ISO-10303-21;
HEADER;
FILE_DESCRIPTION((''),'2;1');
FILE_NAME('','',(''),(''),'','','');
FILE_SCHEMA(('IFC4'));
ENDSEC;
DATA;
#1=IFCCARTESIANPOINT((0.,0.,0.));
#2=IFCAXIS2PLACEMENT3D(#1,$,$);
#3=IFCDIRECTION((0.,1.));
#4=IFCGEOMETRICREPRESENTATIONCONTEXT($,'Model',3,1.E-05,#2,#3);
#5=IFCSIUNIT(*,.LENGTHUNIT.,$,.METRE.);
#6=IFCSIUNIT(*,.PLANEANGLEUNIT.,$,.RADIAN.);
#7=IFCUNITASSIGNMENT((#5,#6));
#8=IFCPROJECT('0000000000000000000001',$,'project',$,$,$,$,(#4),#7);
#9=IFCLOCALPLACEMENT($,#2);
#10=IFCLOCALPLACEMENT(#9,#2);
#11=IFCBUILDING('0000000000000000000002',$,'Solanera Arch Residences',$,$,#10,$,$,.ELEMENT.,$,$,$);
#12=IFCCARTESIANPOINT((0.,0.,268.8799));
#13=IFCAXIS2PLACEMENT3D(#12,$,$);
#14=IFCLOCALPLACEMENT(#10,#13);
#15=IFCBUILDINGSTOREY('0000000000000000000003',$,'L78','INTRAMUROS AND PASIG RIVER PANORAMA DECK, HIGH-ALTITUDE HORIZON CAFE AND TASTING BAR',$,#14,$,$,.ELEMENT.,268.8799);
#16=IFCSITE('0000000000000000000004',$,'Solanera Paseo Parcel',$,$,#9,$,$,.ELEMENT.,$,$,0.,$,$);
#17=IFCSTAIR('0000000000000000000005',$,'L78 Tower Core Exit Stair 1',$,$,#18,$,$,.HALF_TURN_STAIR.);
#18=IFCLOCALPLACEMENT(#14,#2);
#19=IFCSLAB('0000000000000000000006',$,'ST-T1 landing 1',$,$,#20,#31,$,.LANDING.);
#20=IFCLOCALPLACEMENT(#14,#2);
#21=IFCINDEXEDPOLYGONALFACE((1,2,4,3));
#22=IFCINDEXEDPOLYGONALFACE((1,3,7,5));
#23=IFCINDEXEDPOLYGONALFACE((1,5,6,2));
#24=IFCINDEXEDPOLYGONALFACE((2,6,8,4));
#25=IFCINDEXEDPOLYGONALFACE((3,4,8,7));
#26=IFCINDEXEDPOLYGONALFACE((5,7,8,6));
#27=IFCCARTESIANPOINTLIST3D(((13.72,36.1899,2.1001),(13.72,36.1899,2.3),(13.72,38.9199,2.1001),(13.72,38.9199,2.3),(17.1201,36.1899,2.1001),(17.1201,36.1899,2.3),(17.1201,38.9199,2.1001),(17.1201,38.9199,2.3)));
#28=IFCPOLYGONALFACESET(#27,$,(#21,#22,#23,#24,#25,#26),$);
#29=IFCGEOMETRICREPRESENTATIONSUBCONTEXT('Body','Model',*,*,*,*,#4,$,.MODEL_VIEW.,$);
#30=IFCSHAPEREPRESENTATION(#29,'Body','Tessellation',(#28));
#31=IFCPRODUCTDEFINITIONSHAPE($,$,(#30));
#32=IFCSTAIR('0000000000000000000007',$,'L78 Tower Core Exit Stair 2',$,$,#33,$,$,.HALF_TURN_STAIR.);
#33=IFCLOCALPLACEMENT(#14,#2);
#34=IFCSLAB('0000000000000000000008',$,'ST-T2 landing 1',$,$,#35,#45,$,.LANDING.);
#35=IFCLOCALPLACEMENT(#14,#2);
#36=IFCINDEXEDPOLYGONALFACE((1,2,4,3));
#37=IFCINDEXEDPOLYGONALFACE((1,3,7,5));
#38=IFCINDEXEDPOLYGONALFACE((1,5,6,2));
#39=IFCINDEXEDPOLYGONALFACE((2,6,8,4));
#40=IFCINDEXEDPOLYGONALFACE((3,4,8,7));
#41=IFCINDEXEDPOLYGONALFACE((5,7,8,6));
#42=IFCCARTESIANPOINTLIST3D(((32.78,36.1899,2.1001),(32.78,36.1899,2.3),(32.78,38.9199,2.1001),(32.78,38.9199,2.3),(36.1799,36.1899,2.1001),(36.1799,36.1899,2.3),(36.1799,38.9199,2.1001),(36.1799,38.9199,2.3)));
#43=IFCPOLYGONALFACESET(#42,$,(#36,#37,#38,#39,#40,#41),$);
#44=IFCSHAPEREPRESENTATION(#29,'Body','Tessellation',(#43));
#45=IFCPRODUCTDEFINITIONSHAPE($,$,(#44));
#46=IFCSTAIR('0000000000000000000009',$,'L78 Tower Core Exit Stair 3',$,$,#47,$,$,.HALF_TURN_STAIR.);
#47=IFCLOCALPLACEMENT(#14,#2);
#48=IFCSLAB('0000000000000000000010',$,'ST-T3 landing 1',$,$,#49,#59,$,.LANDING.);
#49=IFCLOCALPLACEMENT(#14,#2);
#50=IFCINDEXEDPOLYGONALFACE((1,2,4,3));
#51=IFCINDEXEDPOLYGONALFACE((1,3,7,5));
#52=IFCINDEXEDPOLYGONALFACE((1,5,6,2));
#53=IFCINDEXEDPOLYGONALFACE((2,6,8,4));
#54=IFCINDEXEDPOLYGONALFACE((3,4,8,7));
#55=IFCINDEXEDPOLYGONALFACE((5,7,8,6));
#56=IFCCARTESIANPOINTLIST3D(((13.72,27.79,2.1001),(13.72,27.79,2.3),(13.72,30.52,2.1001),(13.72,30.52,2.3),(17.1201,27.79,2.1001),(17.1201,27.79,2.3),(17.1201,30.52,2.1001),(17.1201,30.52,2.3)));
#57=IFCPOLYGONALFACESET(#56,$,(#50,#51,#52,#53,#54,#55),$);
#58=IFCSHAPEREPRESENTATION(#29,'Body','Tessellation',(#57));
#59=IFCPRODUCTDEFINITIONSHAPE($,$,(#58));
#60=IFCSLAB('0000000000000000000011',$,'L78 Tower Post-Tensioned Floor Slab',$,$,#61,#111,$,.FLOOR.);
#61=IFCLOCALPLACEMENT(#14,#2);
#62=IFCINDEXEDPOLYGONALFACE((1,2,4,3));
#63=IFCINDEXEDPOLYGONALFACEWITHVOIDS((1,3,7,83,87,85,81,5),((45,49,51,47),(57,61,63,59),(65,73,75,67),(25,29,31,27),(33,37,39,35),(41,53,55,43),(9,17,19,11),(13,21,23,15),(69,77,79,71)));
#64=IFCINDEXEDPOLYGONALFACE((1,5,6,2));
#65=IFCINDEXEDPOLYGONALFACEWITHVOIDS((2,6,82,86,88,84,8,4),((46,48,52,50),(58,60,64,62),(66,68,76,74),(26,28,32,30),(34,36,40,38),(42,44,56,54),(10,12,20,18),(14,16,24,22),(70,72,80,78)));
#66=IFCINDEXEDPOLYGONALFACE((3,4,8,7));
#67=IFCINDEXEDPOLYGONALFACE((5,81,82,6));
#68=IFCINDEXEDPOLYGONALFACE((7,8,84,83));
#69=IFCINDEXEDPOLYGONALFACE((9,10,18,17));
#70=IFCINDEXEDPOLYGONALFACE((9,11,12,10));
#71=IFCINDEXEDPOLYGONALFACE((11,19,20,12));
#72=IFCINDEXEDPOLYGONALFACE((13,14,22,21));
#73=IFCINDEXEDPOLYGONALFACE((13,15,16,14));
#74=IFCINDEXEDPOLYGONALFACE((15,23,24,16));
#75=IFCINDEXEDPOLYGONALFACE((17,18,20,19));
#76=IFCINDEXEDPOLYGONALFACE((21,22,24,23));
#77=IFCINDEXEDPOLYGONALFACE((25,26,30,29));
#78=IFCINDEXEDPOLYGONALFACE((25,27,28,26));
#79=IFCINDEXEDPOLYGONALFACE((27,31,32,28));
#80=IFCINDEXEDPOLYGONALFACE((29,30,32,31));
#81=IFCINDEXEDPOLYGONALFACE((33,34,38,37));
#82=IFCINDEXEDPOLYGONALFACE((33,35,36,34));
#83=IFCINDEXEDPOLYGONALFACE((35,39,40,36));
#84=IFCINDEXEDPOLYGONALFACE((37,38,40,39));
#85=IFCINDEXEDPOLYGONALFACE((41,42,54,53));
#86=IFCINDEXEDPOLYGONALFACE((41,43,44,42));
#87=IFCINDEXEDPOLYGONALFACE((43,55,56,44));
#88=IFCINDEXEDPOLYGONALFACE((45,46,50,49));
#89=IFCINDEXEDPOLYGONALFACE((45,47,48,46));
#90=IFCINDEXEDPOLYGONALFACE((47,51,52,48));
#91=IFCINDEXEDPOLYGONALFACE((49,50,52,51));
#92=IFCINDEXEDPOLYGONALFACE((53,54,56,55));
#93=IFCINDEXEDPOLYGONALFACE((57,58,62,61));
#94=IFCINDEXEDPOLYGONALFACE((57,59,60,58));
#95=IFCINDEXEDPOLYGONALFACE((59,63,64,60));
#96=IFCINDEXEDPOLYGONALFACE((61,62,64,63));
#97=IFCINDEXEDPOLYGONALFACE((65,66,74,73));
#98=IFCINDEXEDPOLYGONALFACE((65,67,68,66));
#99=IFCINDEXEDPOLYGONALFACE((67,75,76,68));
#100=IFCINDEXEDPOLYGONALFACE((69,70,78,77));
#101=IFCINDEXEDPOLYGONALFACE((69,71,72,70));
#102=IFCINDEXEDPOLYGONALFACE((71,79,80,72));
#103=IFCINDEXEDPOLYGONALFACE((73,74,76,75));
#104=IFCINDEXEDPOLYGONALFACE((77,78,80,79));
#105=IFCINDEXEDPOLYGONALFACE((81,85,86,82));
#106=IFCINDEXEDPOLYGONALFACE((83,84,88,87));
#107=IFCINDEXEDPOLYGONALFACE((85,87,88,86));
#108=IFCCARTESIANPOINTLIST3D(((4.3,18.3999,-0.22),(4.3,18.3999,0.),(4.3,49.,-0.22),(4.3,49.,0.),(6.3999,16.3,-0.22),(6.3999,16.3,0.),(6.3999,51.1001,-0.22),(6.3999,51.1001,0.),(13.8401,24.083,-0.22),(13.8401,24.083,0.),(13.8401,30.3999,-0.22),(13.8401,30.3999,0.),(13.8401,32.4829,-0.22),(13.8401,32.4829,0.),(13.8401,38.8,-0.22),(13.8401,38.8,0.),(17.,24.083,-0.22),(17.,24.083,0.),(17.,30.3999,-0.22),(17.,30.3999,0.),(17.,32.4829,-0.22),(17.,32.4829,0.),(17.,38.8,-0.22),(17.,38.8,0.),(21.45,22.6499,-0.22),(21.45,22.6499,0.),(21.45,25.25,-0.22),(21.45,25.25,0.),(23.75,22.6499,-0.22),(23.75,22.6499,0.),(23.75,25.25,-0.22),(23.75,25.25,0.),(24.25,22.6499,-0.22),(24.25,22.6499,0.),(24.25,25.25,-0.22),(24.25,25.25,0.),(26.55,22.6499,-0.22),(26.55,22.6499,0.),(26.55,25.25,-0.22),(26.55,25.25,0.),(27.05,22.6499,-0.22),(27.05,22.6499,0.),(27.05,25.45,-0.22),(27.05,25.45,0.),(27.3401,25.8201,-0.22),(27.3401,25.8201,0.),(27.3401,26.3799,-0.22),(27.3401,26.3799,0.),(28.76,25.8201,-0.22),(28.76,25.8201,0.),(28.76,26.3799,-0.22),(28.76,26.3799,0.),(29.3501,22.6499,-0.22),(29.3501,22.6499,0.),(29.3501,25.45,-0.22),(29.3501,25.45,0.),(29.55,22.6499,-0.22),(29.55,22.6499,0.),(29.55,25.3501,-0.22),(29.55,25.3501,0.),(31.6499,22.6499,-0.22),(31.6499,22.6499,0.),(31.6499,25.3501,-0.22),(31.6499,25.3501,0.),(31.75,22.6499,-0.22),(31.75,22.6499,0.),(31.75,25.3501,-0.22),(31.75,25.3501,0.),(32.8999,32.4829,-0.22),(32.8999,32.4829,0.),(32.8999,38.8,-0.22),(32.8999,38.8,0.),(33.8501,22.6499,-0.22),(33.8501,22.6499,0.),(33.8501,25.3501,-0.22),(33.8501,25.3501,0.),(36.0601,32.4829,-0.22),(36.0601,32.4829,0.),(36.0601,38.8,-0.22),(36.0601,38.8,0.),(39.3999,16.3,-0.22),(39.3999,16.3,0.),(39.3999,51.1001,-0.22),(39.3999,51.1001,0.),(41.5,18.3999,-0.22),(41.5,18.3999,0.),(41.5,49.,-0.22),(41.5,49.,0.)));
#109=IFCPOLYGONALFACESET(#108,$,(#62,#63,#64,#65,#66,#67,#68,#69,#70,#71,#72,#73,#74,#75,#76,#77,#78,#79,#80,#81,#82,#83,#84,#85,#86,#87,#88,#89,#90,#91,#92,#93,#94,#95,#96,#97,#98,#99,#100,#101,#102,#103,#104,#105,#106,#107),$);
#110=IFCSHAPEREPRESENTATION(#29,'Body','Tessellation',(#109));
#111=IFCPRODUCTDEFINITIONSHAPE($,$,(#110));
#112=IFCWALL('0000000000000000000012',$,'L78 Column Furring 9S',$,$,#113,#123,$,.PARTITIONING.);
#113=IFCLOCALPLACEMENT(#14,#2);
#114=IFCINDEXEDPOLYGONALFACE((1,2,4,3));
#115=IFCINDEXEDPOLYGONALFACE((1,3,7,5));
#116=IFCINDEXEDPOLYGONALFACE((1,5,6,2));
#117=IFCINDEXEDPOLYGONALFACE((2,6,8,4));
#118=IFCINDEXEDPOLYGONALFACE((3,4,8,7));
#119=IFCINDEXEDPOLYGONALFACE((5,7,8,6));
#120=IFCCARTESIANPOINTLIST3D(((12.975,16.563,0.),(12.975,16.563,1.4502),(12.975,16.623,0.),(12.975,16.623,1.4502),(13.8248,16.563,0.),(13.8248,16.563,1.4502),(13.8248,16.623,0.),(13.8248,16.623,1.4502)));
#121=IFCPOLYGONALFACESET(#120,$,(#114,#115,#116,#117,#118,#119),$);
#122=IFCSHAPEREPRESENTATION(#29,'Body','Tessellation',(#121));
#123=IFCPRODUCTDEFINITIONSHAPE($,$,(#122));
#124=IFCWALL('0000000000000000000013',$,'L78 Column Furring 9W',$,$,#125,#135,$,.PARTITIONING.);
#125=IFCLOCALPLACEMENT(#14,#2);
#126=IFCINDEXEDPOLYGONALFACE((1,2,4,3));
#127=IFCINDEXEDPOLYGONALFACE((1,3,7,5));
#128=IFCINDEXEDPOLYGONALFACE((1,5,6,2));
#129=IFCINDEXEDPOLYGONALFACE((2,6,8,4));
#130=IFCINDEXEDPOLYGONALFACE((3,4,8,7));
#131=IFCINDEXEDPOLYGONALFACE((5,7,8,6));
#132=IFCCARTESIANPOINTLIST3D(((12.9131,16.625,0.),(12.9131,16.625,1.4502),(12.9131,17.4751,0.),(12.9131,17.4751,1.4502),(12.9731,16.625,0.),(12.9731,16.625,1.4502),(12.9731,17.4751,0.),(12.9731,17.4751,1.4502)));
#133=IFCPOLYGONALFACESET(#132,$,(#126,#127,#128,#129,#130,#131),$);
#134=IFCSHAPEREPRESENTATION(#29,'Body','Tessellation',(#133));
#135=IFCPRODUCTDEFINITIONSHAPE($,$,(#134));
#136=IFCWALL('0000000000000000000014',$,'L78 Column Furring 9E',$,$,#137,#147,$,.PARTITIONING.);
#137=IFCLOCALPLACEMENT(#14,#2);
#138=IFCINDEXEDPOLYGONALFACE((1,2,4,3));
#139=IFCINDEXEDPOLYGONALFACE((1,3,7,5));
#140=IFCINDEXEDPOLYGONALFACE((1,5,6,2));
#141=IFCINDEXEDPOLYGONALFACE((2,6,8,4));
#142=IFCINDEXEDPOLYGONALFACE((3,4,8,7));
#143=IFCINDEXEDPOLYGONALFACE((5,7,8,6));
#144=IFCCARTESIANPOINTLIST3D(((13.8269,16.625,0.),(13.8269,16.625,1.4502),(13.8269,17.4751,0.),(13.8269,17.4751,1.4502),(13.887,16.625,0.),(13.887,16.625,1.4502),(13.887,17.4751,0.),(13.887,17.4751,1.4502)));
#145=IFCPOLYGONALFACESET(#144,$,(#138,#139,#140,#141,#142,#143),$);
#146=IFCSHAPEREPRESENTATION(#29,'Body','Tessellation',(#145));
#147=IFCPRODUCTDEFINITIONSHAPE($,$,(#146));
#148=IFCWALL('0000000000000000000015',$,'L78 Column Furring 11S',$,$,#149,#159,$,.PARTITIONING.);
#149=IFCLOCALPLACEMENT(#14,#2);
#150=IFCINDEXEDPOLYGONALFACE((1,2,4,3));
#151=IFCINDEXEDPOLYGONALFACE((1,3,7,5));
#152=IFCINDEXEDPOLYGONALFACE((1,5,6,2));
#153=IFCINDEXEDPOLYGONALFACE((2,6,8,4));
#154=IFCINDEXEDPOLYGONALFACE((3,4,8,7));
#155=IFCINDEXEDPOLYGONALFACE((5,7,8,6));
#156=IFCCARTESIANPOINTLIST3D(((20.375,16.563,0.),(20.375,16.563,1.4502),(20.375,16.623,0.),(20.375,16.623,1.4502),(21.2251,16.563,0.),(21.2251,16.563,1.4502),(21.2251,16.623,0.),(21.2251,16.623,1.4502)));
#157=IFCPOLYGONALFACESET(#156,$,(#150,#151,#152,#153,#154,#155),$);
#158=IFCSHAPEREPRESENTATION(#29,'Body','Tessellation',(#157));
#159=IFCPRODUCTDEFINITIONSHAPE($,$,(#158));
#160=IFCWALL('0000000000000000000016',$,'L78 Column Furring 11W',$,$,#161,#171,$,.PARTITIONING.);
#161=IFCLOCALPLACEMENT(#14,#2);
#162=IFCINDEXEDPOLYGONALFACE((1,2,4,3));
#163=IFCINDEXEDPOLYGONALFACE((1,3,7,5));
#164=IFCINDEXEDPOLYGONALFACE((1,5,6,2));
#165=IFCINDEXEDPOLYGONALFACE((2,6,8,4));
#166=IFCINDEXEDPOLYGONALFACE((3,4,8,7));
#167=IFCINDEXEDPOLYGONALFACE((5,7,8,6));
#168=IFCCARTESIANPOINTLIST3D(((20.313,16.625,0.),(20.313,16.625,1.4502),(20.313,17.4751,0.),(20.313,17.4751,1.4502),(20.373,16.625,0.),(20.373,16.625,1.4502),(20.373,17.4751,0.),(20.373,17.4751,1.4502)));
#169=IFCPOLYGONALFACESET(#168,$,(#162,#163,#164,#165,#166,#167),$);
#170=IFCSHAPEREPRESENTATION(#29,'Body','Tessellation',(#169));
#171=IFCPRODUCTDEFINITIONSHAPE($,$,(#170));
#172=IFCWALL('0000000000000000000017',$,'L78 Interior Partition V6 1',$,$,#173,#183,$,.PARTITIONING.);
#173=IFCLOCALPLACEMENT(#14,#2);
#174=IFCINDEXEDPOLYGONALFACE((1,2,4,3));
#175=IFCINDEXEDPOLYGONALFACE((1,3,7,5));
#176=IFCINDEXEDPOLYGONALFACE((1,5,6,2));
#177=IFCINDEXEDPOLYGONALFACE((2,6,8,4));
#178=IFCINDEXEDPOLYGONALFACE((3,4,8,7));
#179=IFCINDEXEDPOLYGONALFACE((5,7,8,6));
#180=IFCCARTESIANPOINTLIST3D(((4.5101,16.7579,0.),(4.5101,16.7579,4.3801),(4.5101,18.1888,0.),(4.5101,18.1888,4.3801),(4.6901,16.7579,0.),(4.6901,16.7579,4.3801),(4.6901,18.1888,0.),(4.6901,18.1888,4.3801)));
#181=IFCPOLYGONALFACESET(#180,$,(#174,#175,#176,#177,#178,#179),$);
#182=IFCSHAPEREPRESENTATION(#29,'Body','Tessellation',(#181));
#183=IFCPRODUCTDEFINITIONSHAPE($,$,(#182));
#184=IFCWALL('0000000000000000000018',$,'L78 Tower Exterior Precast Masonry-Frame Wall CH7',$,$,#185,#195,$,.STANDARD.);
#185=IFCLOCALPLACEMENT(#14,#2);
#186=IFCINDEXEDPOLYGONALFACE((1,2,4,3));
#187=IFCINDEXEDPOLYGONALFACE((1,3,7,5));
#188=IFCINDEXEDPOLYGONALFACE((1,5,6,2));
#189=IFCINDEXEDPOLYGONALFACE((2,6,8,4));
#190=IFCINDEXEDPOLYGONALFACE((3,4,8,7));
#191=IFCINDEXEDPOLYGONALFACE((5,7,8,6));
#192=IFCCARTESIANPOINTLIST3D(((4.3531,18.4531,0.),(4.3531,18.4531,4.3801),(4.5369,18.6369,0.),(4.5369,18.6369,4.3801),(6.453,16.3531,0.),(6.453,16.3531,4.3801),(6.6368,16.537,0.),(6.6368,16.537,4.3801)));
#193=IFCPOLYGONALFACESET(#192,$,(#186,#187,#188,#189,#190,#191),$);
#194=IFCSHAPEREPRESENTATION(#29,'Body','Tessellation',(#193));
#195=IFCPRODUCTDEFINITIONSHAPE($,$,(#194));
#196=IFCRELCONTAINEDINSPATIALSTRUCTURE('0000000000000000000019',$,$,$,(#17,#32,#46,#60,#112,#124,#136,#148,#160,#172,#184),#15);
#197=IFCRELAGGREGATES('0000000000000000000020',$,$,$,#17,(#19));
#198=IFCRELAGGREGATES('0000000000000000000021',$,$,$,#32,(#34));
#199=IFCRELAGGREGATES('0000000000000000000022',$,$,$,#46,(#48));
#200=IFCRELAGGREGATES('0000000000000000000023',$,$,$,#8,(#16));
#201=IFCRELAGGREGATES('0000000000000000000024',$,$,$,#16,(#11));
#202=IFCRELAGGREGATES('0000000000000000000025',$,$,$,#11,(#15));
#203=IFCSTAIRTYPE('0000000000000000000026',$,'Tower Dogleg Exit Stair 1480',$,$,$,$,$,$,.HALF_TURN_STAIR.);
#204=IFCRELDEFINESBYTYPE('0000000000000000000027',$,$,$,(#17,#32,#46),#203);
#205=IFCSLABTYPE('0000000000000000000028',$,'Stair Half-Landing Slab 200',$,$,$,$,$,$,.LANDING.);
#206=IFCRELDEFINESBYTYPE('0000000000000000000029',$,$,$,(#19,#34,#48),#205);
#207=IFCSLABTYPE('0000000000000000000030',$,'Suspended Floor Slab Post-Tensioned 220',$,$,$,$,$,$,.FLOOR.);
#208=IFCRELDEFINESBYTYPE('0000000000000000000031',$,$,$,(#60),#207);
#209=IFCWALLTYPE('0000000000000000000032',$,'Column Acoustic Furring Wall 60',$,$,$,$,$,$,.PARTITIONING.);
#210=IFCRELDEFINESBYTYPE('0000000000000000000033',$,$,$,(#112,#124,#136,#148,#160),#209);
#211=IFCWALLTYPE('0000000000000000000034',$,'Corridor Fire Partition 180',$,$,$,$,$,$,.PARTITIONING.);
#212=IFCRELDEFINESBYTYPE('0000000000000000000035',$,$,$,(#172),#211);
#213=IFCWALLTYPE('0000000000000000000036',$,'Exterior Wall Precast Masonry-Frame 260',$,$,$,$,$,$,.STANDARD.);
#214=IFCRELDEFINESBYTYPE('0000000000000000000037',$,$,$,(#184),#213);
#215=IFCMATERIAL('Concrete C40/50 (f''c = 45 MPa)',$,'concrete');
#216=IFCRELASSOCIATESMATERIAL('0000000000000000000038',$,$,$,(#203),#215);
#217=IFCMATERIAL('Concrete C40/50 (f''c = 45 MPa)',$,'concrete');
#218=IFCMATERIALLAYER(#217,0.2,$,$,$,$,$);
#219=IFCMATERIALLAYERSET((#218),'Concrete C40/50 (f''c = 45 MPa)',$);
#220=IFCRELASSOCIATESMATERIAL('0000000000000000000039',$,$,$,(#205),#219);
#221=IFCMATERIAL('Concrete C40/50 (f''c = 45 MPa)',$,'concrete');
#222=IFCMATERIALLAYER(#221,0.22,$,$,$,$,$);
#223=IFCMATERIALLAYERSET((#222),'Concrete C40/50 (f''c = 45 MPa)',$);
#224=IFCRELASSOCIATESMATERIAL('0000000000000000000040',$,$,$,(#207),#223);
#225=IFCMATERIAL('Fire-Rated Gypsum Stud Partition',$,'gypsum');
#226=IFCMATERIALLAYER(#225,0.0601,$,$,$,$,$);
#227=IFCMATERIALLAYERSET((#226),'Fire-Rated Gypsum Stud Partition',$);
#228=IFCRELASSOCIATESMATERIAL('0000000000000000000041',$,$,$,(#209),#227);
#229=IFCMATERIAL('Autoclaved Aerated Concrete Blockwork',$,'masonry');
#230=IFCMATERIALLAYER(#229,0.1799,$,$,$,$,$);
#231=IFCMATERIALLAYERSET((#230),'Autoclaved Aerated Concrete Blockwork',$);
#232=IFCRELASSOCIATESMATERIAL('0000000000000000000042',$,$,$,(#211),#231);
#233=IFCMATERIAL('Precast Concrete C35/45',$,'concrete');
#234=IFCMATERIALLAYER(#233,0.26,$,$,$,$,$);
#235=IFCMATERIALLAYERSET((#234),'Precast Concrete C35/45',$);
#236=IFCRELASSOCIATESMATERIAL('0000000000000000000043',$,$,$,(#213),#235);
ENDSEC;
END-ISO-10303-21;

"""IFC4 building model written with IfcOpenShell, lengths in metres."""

from ifc_helpers import new_model, si_unit, direction, frame, frame_2d, origin, place, context, subcontext, project, spatial, polyline, rectangle, outline, extrude, material, layer, layer_set, type_object, element, aggregate, save


model = new_model("IFC4")

# Units and contexts
model_context = context("Model", 3, precision=1e-05, world=origin(), true_north=direction((0.0, 1.0)))
body_context = subcontext(model_context, "Body", "Model", "MODEL_VIEW")
ifc_project = project(units=[si_unit("LENGTHUNIT", "METRE"), si_unit("PLANEANGLEUNIT", "RADIAN")], contexts=[model_context])

# Site, building, storey
site_placement = place(None, origin())
site = spatial("IfcSite", under=ifc_project, at=site_placement, Name="Solanera Paseo Parcel", CompositionType="ELEMENT", RefElevation=0.0)
building_placement = place(site_placement, origin())
building = spatial("IfcBuilding", under=site, at=building_placement, Name="Solanera Arch Residences", CompositionType="ELEMENT")
storey_placement = place(building_placement, frame((0.0, 0.0, 268.8799)))
storey = spatial("IfcBuildingStorey", under=building, at=storey_placement, Name="L78", Description="INTRAMUROS AND PASIG RIVER PANORAMA DECK, HIGH-ALTITUDE HORIZON CAFE AND TASTING BAR", CompositionType="ELEMENT", Elevation=268.8799)

# Stairs, slabs
ifc_material_1 = material(Name="Concrete C40/50 (f'c = 45 MPa)", Category="concrete")
stair_type = type_object("IfcStairType", Name="Tower Dogleg Exit Stair 1480", PredefinedType="HALF_TURN_STAIR", material=ifc_material_1)
stair_1_placement = place(storey_placement, origin())
stair_1 = element("IfcStair", 1, at=stair_1_placement, inside=storey, type_object=stair_type, Name="L78 Tower Core Exit Stair 1", PredefinedType="HALF_TURN_STAIR")
ifc_material_2 = material(Name="Concrete C40/50 (f'c = 45 MPa)", Category="concrete")
ifc_layer_1 = layer(ifc_material_2, 0.2)
ifc_layer_set_1 = layer_set([ifc_layer_1], Name="Concrete C40/50 (f'c = 45 MPa)")
slab_type_1 = type_object("IfcSlabType", Name="Stair Half-Landing Slab 200", PredefinedType="LANDING", material=ifc_layer_set_1)
slab_1_placement = place(storey_placement, frame((0.0, 0.0, 2.1001)))
slab_1 = element("IfcSlab", 2, at=slab_1_placement, type_object=slab_type_1, Name="ST-T1 landing 1", PredefinedType="LANDING", context=body_context, shape_type="SweptSolid", body=[
    extrude(outline(polyline([(17.1201, 36.1899), (17.1201, 38.9199), (13.72, 38.9199), (13.72, 36.1899), (17.1201, 36.1899)])), origin(), (0.0, 0.0, 1.0), 0.2),
])
aggregate(stair_1, [slab_1])
stair_2_placement = place(storey_placement, origin())
stair_2 = element("IfcStair", 3, at=stair_2_placement, inside=storey, type_object=stair_type, Name="L78 Tower Core Exit Stair 2", PredefinedType="HALF_TURN_STAIR")
slab_2_placement = place(storey_placement, frame((0.0, 0.0, 2.1001)))
slab_2 = element("IfcSlab", 4, at=slab_2_placement, type_object=slab_type_1, Name="ST-T2 landing 1", PredefinedType="LANDING", context=body_context, shape_type="SweptSolid", body=[
    extrude(outline(polyline([(36.1799, 36.1899), (36.1799, 38.9199), (32.78, 38.9199), (32.78, 36.1899), (36.1799, 36.1899)])), origin(), (0.0, 0.0, 1.0), 0.2),
])
aggregate(stair_2, [slab_2])
stair_3_placement = place(storey_placement, origin())
stair_3 = element("IfcStair", 5, at=stair_3_placement, inside=storey, type_object=stair_type, Name="L78 Tower Core Exit Stair 3", PredefinedType="HALF_TURN_STAIR")
slab_3_placement = place(storey_placement, frame((0.0, 0.0, 2.1001)))
slab_3 = element("IfcSlab", 6, at=slab_3_placement, type_object=slab_type_1, Name="ST-T3 landing 1", PredefinedType="LANDING", context=body_context, shape_type="SweptSolid", body=[
    extrude(outline(polyline([(17.1201, 27.79), (17.1201, 30.52), (13.72, 30.52), (13.72, 27.79), (17.1201, 27.79)])), origin(), (0.0, 0.0, 1.0), 0.2),
])
aggregate(stair_3, [slab_3])

# Slab
ifc_material_3 = material(Name="Concrete C40/50 (f'c = 45 MPa)", Category="concrete")
ifc_layer_2 = layer(ifc_material_3, 0.22)
ifc_layer_set_2 = layer_set([ifc_layer_2], Name="Concrete C40/50 (f'c = 45 MPa)")
slab_type_2 = type_object("IfcSlabType", Name="Suspended Floor Slab Post-Tensioned 220", PredefinedType="FLOOR", material=ifc_layer_set_2)
slab_4_placement = place(storey_placement, frame((0.0, 0.0, -0.22)))
element("IfcSlab", 7, at=slab_4_placement, inside=storey, type_object=slab_type_2, Name="L78 Tower Post-Tensioned Floor Slab", PredefinedType="FLOOR", context=body_context, shape_type="SweptSolid", body=[
    extrude(outline(polyline([(6.3999, 16.3), (39.3999, 16.3), (41.5, 18.3999), (41.5, 49.0), (39.3999, 51.1001), (6.3999, 51.1001), (4.3, 49.0), (4.3, 18.3999), (6.3999, 16.3)]), holes=[polyline([(13.8401, 32.4829), (13.8401, 38.8), (17.0, 38.8), (17.0, 32.4829), (13.8401, 32.4829)]), polyline([(32.8999, 32.4829), (32.8999, 38.8), (36.0601, 38.8), (36.0601, 32.4829), (32.8999, 32.4829)]), polyline([(13.8401, 24.083), (13.8401, 30.3999), (17.0, 30.3999), (17.0, 24.083), (13.8401, 24.083)]), polyline([(21.45, 25.25), (23.75, 25.25), (23.75, 22.6499), (21.45, 22.6499), (21.45, 25.25)]), polyline([(24.25, 25.25), (26.55, 25.25), (26.55, 22.6499), (24.25, 22.6499), (24.25, 25.25)]), polyline([(29.55, 25.3501), (31.6499, 25.3501), (31.6499, 22.6499), (29.55, 22.6499), (29.55, 25.3501)]), polyline([(31.75, 25.3501), (33.8501, 25.3501), (33.8501, 22.6499), (31.75, 22.6499), (31.75, 25.3501)]), polyline([(27.05, 25.45), (29.3501, 25.45), (29.3501, 22.6499), (27.05, 22.6499), (27.05, 25.45)]), polyline([(27.3401, 26.3799), (28.76, 26.3799), (28.76, 25.8201), (27.3401, 25.8201), (27.3401, 26.3799)])]), origin(), (0.0, 0.0, 1.0), 0.22),
])

# Walls
ifc_material_4 = material(Name="Fire-Rated Gypsum Stud Partition", Category="gypsum")
ifc_layer_3 = layer(ifc_material_4, 0.0601)
ifc_layer_set_3 = layer_set([ifc_layer_3], Name="Fire-Rated Gypsum Stud Partition")
wall_type_1 = type_object("IfcWallType", Name="Column Acoustic Furring Wall 60", PredefinedType="PARTITIONING", material=ifc_layer_set_3)
wall_1_placement = place(storey_placement, frame((12.9751, 16.593, 0.0), z_axis=(0.0, 0.0, 1.0), x_axis=(1.0, 0.0, 0.0)))
element("IfcWall", 8, at=wall_1_placement, inside=storey, type_object=wall_type_1, Name="L78 Column Furring 9S", PredefinedType="PARTITIONING", context=body_context, shape_type="SweptSolid", body=[
    extrude(rectangle(XDim=0.8499, YDim=0.0601, at=frame_2d((0.4248, 0.0))), origin(), (0.0, 0.0, 1.0), 1.4502),
])
for number, where, z_axis, x_axis, name in (
    (9, (12.9431, 16.625, 0.0), (0.0, 0.0, 1.0), (0.0, 1.0, 0.0), "L78 Column Furring 9W"),
    (10, (13.8569, 16.625, 0.0), (0.0, 0.0, 1.0), (0.0, 1.0, 0.0), "L78 Column Furring 9E"),
    (11, (20.375, 16.593, 0.0), (0.0, 0.0, 1.0), (1.0, 0.0, 0.0), "L78 Column Furring 11S"),
    (12, (20.343, 16.625, 0.0), (0.0, 0.0, 1.0), (0.0, 1.0, 0.0), "L78 Column Furring 11W"),
):
    element("IfcWall", number, at=place(storey_placement, frame(where, z_axis=z_axis, x_axis=x_axis)), inside=storey, type_object=wall_type_1, Name=name, PredefinedType="PARTITIONING", context=body_context, shape_type="SweptSolid", body=[
        extrude(rectangle(XDim=0.8501, YDim=0.0601, at=frame_2d((0.425, 0.0))), origin(), (0.0, 0.0, 1.0), 1.4502),
    ])
ifc_material_5 = material(Name="Autoclaved Aerated Concrete Blockwork", Category="masonry")
ifc_layer_4 = layer(ifc_material_5, 0.1799)
ifc_layer_set_4 = layer_set([ifc_layer_4], Name="Autoclaved Aerated Concrete Blockwork")
wall_type_2 = type_object("IfcWallType", Name="Corridor Fire Partition 180", PredefinedType="PARTITIONING", material=ifc_layer_set_4)
wall_2_placement = place(storey_placement, frame((4.6001, 16.7581, 0.0), z_axis=(0.0, 0.0, 1.0), x_axis=(0.0, 1.0, 0.0)))
element("IfcWall", 13, at=wall_2_placement, inside=storey, type_object=wall_type_2, Name="L78 Interior Partition V6 1", PredefinedType="PARTITIONING", context=body_context, shape_type="SweptSolid", body=[
    extrude(rectangle(XDim=1.4309, YDim=0.1799, at=frame_2d((0.7153, 0.0))), origin(), (0.0, 0.0, 1.0), 4.3801),
])
ifc_material_6 = material(Name="Precast Concrete C35/45", Category="concrete")
ifc_layer_5 = layer(ifc_material_6, 0.26)
ifc_layer_set_5 = layer_set([ifc_layer_5], Name="Precast Concrete C35/45")
wall_type_3 = type_object("IfcWallType", Name="Exterior Wall Precast Masonry-Frame 260", PredefinedType="STANDARD", material=ifc_layer_set_5)
wall_3_placement = place(storey_placement, frame((6.5449, 16.4451, 0.0), z_axis=(0.0, 0.0, 1.0), x_axis=(-0.707107, 0.707107, 0.0)))
element("IfcWall", 14, at=wall_3_placement, inside=storey, type_object=wall_type_3, Name="L78 Tower Exterior Precast Masonry-Frame Wall CH7", PredefinedType="STANDARD", context=body_context, shape_type="SweptSolid", body=[
    extrude(rectangle(XDim=2.9697, YDim=0.26, at=frame_2d((1.4849, 0.0))), origin(), (0.0, 0.0, 1.0), 4.3801),
])

save(model, "model.ifc")
